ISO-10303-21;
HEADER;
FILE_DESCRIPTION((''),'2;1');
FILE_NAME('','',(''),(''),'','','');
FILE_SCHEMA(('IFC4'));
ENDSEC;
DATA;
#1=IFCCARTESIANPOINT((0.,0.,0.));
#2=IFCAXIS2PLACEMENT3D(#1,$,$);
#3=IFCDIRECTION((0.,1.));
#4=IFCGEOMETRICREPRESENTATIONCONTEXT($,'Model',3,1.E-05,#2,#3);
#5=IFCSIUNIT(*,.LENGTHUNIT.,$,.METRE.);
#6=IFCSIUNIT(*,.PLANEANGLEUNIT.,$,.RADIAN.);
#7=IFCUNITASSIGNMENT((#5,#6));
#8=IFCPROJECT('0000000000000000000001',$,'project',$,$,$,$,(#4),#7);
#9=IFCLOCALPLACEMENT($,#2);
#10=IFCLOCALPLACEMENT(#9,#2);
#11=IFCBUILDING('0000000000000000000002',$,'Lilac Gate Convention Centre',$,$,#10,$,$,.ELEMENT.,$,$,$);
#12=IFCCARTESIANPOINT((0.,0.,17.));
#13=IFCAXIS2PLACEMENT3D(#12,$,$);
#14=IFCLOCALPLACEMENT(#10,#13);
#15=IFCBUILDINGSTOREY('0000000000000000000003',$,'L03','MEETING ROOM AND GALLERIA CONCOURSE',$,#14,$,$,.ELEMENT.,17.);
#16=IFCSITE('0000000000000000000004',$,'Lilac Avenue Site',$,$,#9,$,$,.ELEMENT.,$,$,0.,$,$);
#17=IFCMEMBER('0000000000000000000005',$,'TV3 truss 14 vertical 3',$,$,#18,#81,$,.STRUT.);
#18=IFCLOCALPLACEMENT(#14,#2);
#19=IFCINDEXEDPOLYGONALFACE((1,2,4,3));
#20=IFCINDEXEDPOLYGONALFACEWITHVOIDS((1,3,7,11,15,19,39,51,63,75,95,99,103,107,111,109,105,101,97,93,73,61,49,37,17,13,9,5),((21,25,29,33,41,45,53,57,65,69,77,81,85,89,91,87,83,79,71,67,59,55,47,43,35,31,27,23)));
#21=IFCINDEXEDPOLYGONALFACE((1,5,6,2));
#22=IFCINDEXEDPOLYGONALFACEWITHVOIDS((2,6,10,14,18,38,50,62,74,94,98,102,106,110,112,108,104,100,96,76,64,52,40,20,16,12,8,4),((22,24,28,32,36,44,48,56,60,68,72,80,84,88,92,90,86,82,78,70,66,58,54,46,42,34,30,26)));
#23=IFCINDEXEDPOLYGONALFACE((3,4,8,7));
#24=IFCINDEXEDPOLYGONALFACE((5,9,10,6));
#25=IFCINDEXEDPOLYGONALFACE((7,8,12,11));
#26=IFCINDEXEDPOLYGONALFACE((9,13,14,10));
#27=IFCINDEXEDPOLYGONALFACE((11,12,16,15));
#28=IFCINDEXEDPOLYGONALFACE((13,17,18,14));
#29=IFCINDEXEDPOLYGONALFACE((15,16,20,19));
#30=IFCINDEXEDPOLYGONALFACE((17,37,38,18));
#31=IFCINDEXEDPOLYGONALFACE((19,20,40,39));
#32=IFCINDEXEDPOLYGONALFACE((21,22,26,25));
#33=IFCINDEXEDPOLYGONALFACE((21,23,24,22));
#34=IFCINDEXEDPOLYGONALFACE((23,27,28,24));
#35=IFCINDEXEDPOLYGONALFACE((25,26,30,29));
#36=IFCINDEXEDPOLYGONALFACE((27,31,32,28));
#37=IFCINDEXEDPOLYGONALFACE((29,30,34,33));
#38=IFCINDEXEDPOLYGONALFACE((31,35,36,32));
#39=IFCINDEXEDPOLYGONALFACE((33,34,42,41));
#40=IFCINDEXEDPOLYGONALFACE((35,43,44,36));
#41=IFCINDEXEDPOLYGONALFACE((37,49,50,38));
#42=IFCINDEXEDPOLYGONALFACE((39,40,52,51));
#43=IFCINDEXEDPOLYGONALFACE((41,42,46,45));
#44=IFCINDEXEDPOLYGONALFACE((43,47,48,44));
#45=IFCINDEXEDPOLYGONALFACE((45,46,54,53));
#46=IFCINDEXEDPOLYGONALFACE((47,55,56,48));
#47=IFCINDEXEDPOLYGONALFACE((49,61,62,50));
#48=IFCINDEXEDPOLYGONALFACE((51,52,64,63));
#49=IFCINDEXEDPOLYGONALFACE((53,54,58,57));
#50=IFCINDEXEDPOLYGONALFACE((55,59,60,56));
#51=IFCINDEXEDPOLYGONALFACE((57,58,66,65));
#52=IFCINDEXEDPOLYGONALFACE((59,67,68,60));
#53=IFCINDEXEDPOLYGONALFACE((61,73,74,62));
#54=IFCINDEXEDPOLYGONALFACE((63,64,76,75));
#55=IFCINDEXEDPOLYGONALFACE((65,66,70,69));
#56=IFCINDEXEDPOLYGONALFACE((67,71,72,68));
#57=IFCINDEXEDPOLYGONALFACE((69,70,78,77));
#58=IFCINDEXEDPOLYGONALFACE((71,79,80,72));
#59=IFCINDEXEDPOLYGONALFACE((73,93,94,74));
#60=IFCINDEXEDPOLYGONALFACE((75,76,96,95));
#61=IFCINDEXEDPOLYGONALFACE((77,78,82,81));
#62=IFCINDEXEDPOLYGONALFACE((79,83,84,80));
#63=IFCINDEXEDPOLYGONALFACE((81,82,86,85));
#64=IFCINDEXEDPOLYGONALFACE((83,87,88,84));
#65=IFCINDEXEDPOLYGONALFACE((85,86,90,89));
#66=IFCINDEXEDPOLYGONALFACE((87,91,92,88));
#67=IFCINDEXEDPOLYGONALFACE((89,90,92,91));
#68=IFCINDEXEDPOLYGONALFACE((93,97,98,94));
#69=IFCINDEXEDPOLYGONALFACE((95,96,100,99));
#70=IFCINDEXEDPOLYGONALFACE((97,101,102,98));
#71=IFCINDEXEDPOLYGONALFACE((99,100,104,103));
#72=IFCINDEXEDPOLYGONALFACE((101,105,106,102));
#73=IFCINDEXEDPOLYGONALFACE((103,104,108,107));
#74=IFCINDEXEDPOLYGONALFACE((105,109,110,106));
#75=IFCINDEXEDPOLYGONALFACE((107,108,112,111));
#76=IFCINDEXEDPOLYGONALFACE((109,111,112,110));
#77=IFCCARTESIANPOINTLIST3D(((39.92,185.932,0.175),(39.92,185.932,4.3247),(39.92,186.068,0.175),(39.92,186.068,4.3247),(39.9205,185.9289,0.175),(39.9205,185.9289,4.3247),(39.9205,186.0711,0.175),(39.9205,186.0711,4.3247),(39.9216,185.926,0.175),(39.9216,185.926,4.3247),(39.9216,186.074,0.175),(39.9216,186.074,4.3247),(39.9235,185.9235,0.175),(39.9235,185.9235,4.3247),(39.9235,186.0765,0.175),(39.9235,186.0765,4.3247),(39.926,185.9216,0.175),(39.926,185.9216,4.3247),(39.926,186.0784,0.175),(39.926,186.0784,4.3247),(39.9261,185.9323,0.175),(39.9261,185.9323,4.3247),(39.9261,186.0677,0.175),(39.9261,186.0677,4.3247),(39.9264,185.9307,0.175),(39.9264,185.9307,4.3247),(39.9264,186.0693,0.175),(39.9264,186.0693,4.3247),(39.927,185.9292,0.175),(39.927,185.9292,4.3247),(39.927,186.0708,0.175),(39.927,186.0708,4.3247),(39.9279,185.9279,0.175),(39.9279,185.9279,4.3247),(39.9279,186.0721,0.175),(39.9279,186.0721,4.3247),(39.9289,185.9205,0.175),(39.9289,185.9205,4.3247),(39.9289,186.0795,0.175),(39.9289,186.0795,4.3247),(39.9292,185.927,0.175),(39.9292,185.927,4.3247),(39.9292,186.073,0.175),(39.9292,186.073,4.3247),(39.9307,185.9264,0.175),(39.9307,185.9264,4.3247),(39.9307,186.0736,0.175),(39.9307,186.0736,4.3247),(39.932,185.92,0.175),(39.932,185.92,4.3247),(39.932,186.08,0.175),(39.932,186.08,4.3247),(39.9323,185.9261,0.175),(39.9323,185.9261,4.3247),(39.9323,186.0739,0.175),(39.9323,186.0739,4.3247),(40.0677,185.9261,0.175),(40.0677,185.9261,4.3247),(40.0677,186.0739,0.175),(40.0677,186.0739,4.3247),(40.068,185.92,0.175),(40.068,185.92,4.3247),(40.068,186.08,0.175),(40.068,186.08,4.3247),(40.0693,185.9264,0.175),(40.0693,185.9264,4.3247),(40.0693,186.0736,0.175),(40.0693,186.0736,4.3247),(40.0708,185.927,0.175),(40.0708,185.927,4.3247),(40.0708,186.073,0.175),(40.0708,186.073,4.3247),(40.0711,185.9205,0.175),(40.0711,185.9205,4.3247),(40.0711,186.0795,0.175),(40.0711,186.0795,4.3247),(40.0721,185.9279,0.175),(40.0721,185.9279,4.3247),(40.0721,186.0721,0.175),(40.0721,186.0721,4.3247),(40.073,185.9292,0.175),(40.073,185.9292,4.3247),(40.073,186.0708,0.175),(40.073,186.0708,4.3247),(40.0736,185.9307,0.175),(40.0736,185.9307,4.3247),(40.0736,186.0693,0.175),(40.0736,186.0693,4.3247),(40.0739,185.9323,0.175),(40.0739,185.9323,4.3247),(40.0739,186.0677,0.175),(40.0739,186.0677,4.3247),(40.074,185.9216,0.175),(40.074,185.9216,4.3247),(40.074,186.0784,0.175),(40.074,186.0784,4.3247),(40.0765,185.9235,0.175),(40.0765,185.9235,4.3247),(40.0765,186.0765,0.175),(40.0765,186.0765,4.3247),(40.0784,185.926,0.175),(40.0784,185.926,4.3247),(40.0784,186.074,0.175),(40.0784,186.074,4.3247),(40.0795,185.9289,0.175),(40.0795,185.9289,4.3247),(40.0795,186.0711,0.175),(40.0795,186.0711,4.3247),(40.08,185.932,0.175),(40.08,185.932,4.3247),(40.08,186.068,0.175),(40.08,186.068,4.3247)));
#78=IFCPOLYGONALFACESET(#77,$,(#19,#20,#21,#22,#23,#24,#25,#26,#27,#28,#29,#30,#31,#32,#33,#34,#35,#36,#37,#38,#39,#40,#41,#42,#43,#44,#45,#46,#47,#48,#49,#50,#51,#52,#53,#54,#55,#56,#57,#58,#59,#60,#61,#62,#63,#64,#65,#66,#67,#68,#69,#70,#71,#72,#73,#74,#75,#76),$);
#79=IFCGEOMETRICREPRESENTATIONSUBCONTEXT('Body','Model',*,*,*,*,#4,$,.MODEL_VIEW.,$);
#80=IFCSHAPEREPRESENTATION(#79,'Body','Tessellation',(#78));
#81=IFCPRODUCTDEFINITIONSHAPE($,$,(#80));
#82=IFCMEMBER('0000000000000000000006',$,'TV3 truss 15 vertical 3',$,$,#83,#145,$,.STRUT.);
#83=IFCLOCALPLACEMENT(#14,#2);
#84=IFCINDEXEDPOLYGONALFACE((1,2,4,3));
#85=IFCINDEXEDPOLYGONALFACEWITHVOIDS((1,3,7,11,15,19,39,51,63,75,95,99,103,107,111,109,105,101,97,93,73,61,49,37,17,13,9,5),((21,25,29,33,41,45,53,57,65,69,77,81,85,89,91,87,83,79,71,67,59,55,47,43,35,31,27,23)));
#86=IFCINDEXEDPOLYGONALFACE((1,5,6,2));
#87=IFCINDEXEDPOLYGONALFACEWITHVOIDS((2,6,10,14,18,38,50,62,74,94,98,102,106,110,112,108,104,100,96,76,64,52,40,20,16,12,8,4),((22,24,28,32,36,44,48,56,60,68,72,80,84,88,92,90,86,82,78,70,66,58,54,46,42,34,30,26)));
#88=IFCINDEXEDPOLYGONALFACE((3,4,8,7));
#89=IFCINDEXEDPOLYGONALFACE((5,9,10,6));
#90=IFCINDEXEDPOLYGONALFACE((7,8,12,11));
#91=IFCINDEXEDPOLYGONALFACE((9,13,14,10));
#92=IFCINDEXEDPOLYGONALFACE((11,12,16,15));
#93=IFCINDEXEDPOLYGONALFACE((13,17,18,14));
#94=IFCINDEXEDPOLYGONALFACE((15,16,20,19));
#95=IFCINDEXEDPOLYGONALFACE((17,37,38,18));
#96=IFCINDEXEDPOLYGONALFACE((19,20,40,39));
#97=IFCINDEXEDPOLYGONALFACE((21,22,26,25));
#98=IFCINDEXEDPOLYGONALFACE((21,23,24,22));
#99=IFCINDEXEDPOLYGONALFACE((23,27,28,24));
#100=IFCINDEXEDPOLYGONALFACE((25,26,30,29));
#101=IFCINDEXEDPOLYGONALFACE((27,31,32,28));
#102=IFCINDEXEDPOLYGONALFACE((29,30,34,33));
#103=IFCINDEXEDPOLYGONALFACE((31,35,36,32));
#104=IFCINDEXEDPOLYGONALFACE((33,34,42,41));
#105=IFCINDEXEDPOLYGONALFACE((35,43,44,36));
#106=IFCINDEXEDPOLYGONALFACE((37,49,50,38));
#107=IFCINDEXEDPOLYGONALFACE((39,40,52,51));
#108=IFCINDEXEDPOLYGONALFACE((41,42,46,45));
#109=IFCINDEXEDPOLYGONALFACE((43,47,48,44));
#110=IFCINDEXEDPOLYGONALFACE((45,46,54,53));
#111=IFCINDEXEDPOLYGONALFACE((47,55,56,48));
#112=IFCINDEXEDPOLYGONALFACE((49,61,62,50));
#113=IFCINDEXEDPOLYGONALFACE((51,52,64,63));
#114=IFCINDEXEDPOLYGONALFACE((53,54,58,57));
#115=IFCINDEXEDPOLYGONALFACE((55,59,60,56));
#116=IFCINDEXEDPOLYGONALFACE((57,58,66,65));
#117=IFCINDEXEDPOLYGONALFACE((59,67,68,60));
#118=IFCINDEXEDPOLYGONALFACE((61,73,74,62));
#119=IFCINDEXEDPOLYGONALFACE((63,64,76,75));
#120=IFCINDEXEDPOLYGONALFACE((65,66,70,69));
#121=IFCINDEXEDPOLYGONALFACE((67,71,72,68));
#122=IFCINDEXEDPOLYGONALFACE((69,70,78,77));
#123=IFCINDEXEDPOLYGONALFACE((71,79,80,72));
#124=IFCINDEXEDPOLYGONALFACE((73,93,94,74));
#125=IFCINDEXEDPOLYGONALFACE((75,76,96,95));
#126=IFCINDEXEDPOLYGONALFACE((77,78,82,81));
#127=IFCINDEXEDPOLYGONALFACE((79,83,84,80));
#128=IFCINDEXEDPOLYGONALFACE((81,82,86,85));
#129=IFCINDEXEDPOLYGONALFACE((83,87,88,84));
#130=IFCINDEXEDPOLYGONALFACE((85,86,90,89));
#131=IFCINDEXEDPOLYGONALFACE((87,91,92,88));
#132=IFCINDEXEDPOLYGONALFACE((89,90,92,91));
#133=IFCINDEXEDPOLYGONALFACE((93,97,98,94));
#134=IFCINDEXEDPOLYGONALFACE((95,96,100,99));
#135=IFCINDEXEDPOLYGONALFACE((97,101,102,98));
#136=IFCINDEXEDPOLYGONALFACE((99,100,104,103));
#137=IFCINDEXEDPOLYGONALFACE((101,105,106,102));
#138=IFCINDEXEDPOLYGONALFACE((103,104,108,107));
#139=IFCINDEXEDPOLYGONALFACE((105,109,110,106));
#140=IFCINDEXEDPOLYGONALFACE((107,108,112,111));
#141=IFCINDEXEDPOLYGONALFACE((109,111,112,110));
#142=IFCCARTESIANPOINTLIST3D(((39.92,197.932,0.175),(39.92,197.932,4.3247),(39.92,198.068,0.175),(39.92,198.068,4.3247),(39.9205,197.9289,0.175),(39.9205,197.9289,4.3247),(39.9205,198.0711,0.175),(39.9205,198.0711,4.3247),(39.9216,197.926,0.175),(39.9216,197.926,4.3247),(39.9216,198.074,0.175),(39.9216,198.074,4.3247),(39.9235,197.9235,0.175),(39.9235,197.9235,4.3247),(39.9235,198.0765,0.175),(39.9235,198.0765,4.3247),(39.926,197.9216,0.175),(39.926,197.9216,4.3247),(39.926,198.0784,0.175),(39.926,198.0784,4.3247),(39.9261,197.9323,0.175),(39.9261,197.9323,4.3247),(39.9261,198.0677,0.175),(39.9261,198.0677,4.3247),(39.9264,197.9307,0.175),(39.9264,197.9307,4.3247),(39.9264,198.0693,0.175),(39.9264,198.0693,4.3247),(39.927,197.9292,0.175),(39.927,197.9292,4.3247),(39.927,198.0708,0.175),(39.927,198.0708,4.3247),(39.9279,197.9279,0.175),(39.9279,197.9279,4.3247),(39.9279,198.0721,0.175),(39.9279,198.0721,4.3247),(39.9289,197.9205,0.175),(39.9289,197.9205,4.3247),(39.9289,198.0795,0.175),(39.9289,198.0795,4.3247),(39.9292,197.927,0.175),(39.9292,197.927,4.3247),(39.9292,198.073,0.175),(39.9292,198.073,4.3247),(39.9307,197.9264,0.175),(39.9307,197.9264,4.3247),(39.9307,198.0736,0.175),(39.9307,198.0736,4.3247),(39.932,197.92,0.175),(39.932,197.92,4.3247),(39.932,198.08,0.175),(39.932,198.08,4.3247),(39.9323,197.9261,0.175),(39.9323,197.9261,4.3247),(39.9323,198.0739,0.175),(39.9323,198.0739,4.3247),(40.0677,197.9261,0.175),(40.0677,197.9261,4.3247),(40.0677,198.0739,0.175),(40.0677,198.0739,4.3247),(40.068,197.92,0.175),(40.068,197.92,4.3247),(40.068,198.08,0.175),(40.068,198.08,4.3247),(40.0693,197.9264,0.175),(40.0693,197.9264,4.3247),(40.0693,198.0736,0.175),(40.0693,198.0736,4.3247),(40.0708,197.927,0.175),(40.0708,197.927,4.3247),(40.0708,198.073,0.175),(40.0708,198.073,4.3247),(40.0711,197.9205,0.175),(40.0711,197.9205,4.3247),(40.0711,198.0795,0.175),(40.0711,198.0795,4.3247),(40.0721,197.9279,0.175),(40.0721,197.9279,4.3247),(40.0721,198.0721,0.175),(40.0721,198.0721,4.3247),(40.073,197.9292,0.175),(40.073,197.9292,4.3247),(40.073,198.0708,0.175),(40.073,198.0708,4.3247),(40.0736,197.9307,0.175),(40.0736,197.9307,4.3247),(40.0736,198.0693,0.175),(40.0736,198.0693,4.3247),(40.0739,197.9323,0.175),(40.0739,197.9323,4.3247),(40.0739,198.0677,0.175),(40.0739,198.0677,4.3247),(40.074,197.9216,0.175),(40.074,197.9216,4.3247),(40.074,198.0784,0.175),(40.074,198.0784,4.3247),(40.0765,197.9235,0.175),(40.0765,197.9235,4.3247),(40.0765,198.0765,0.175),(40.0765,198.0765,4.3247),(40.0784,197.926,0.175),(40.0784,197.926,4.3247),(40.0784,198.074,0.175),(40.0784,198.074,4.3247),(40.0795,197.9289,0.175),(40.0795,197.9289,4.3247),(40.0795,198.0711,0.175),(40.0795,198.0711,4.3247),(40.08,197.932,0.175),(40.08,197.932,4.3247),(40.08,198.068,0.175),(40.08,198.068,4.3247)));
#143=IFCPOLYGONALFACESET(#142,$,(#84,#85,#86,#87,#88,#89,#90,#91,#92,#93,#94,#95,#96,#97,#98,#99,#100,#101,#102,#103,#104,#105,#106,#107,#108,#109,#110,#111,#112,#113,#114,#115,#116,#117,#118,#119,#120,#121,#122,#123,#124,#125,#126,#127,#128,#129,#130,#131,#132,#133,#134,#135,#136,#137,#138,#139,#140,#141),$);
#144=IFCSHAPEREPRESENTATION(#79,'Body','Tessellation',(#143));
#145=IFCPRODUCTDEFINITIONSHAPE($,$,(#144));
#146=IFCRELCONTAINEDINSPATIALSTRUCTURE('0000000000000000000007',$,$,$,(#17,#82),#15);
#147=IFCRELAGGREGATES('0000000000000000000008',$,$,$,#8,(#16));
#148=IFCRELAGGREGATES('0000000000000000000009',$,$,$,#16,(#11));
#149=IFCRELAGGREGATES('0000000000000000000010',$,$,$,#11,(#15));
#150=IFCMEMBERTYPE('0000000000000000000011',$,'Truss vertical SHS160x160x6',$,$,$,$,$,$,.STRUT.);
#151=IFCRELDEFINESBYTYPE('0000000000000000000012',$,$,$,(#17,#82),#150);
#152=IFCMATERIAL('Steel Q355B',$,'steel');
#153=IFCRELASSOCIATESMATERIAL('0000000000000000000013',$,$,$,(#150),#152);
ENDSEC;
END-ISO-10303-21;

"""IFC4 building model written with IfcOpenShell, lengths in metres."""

from ifc_helpers import new_model, si_unit, direction, frame, origin, origin_2d, place, context, subcontext, project, spatial, hollow_rectangle, extrude, material, material_profile, profile_set, type_object, element, save


model = new_model("IFC4")

# Units and contexts
model_context = context("Model", 3, precision=1e-05, world=origin(), true_north=direction((0.0, 1.0)))
body_context = subcontext(model_context, "Body", "Model", "MODEL_VIEW")
ifc_project = project(units=[si_unit("LENGTHUNIT", "METRE"), si_unit("PLANEANGLEUNIT", "RADIAN")], contexts=[model_context])

# Site, building, storey
site_placement = place(None, origin())
site = spatial("IfcSite", under=ifc_project, at=site_placement, Name="Lilac Avenue Site", CompositionType="ELEMENT", RefElevation=0.0)
building_placement = place(site_placement, origin())
building = spatial("IfcBuilding", under=site, at=building_placement, Name="Lilac Gate Convention Centre", CompositionType="ELEMENT")
storey_placement = place(building_placement, frame((0.0, 0.0, 17.0)))
storey = spatial("IfcBuildingStorey", under=building, at=storey_placement, Name="L03", Description="MEETING ROOM AND GALLERIA CONCOURSE", CompositionType="ELEMENT", Elevation=17.0)

# Members
ifc_material = material(Name="Steel Q355B", Category="steel")
ifc_material_profile_1 = material_profile(ifc_material, hollow_rectangle(XDim=0.1599, YDim=0.1599, WallThickness=0.0061, InnerFilletRadius=0.0061, OuterFilletRadius=0.012, at=origin_2d()), Name="SHS160x160x6")
ifc_profile_set_1 = profile_set([ifc_material_profile_1], Name="Steel Q355B")
member_type_1 = type_object("IfcMemberType", Name="Truss vertical SHS160x160x6", PredefinedType="STRUT", material=ifc_profile_set_1)
for number, where, z_axis, x_axis, name in (
    (1, (40.0, 186.0, 0.175), (0.0, 0.0, 1.0), (1.0, 0.0, 0.0), "TV3 truss 14 vertical 3"),
    (2, (40.0, 198.0, 0.175), (0.0, 0.0, 1.0), (1.0, 0.0, 0.0), "TV3 truss 15 vertical 3"),
):
    element("IfcMember", number, at=place(storey_placement, frame(where, z_axis=z_axis, x_axis=x_axis)), inside=storey, type_object=member_type_1, Name=name, PredefinedType="STRUT", context=body_context, shape_type="SweptSolid", body=[
        extrude(hollow_rectangle(XDim=0.1599, YDim=0.1599, WallThickness=0.0061, InnerFilletRadius=0.0061, OuterFilletRadius=0.012, at=origin_2d()), origin(), (0.0, 0.0, 1.0), 4.1497),
    ])

save(model, "model.ifc")
